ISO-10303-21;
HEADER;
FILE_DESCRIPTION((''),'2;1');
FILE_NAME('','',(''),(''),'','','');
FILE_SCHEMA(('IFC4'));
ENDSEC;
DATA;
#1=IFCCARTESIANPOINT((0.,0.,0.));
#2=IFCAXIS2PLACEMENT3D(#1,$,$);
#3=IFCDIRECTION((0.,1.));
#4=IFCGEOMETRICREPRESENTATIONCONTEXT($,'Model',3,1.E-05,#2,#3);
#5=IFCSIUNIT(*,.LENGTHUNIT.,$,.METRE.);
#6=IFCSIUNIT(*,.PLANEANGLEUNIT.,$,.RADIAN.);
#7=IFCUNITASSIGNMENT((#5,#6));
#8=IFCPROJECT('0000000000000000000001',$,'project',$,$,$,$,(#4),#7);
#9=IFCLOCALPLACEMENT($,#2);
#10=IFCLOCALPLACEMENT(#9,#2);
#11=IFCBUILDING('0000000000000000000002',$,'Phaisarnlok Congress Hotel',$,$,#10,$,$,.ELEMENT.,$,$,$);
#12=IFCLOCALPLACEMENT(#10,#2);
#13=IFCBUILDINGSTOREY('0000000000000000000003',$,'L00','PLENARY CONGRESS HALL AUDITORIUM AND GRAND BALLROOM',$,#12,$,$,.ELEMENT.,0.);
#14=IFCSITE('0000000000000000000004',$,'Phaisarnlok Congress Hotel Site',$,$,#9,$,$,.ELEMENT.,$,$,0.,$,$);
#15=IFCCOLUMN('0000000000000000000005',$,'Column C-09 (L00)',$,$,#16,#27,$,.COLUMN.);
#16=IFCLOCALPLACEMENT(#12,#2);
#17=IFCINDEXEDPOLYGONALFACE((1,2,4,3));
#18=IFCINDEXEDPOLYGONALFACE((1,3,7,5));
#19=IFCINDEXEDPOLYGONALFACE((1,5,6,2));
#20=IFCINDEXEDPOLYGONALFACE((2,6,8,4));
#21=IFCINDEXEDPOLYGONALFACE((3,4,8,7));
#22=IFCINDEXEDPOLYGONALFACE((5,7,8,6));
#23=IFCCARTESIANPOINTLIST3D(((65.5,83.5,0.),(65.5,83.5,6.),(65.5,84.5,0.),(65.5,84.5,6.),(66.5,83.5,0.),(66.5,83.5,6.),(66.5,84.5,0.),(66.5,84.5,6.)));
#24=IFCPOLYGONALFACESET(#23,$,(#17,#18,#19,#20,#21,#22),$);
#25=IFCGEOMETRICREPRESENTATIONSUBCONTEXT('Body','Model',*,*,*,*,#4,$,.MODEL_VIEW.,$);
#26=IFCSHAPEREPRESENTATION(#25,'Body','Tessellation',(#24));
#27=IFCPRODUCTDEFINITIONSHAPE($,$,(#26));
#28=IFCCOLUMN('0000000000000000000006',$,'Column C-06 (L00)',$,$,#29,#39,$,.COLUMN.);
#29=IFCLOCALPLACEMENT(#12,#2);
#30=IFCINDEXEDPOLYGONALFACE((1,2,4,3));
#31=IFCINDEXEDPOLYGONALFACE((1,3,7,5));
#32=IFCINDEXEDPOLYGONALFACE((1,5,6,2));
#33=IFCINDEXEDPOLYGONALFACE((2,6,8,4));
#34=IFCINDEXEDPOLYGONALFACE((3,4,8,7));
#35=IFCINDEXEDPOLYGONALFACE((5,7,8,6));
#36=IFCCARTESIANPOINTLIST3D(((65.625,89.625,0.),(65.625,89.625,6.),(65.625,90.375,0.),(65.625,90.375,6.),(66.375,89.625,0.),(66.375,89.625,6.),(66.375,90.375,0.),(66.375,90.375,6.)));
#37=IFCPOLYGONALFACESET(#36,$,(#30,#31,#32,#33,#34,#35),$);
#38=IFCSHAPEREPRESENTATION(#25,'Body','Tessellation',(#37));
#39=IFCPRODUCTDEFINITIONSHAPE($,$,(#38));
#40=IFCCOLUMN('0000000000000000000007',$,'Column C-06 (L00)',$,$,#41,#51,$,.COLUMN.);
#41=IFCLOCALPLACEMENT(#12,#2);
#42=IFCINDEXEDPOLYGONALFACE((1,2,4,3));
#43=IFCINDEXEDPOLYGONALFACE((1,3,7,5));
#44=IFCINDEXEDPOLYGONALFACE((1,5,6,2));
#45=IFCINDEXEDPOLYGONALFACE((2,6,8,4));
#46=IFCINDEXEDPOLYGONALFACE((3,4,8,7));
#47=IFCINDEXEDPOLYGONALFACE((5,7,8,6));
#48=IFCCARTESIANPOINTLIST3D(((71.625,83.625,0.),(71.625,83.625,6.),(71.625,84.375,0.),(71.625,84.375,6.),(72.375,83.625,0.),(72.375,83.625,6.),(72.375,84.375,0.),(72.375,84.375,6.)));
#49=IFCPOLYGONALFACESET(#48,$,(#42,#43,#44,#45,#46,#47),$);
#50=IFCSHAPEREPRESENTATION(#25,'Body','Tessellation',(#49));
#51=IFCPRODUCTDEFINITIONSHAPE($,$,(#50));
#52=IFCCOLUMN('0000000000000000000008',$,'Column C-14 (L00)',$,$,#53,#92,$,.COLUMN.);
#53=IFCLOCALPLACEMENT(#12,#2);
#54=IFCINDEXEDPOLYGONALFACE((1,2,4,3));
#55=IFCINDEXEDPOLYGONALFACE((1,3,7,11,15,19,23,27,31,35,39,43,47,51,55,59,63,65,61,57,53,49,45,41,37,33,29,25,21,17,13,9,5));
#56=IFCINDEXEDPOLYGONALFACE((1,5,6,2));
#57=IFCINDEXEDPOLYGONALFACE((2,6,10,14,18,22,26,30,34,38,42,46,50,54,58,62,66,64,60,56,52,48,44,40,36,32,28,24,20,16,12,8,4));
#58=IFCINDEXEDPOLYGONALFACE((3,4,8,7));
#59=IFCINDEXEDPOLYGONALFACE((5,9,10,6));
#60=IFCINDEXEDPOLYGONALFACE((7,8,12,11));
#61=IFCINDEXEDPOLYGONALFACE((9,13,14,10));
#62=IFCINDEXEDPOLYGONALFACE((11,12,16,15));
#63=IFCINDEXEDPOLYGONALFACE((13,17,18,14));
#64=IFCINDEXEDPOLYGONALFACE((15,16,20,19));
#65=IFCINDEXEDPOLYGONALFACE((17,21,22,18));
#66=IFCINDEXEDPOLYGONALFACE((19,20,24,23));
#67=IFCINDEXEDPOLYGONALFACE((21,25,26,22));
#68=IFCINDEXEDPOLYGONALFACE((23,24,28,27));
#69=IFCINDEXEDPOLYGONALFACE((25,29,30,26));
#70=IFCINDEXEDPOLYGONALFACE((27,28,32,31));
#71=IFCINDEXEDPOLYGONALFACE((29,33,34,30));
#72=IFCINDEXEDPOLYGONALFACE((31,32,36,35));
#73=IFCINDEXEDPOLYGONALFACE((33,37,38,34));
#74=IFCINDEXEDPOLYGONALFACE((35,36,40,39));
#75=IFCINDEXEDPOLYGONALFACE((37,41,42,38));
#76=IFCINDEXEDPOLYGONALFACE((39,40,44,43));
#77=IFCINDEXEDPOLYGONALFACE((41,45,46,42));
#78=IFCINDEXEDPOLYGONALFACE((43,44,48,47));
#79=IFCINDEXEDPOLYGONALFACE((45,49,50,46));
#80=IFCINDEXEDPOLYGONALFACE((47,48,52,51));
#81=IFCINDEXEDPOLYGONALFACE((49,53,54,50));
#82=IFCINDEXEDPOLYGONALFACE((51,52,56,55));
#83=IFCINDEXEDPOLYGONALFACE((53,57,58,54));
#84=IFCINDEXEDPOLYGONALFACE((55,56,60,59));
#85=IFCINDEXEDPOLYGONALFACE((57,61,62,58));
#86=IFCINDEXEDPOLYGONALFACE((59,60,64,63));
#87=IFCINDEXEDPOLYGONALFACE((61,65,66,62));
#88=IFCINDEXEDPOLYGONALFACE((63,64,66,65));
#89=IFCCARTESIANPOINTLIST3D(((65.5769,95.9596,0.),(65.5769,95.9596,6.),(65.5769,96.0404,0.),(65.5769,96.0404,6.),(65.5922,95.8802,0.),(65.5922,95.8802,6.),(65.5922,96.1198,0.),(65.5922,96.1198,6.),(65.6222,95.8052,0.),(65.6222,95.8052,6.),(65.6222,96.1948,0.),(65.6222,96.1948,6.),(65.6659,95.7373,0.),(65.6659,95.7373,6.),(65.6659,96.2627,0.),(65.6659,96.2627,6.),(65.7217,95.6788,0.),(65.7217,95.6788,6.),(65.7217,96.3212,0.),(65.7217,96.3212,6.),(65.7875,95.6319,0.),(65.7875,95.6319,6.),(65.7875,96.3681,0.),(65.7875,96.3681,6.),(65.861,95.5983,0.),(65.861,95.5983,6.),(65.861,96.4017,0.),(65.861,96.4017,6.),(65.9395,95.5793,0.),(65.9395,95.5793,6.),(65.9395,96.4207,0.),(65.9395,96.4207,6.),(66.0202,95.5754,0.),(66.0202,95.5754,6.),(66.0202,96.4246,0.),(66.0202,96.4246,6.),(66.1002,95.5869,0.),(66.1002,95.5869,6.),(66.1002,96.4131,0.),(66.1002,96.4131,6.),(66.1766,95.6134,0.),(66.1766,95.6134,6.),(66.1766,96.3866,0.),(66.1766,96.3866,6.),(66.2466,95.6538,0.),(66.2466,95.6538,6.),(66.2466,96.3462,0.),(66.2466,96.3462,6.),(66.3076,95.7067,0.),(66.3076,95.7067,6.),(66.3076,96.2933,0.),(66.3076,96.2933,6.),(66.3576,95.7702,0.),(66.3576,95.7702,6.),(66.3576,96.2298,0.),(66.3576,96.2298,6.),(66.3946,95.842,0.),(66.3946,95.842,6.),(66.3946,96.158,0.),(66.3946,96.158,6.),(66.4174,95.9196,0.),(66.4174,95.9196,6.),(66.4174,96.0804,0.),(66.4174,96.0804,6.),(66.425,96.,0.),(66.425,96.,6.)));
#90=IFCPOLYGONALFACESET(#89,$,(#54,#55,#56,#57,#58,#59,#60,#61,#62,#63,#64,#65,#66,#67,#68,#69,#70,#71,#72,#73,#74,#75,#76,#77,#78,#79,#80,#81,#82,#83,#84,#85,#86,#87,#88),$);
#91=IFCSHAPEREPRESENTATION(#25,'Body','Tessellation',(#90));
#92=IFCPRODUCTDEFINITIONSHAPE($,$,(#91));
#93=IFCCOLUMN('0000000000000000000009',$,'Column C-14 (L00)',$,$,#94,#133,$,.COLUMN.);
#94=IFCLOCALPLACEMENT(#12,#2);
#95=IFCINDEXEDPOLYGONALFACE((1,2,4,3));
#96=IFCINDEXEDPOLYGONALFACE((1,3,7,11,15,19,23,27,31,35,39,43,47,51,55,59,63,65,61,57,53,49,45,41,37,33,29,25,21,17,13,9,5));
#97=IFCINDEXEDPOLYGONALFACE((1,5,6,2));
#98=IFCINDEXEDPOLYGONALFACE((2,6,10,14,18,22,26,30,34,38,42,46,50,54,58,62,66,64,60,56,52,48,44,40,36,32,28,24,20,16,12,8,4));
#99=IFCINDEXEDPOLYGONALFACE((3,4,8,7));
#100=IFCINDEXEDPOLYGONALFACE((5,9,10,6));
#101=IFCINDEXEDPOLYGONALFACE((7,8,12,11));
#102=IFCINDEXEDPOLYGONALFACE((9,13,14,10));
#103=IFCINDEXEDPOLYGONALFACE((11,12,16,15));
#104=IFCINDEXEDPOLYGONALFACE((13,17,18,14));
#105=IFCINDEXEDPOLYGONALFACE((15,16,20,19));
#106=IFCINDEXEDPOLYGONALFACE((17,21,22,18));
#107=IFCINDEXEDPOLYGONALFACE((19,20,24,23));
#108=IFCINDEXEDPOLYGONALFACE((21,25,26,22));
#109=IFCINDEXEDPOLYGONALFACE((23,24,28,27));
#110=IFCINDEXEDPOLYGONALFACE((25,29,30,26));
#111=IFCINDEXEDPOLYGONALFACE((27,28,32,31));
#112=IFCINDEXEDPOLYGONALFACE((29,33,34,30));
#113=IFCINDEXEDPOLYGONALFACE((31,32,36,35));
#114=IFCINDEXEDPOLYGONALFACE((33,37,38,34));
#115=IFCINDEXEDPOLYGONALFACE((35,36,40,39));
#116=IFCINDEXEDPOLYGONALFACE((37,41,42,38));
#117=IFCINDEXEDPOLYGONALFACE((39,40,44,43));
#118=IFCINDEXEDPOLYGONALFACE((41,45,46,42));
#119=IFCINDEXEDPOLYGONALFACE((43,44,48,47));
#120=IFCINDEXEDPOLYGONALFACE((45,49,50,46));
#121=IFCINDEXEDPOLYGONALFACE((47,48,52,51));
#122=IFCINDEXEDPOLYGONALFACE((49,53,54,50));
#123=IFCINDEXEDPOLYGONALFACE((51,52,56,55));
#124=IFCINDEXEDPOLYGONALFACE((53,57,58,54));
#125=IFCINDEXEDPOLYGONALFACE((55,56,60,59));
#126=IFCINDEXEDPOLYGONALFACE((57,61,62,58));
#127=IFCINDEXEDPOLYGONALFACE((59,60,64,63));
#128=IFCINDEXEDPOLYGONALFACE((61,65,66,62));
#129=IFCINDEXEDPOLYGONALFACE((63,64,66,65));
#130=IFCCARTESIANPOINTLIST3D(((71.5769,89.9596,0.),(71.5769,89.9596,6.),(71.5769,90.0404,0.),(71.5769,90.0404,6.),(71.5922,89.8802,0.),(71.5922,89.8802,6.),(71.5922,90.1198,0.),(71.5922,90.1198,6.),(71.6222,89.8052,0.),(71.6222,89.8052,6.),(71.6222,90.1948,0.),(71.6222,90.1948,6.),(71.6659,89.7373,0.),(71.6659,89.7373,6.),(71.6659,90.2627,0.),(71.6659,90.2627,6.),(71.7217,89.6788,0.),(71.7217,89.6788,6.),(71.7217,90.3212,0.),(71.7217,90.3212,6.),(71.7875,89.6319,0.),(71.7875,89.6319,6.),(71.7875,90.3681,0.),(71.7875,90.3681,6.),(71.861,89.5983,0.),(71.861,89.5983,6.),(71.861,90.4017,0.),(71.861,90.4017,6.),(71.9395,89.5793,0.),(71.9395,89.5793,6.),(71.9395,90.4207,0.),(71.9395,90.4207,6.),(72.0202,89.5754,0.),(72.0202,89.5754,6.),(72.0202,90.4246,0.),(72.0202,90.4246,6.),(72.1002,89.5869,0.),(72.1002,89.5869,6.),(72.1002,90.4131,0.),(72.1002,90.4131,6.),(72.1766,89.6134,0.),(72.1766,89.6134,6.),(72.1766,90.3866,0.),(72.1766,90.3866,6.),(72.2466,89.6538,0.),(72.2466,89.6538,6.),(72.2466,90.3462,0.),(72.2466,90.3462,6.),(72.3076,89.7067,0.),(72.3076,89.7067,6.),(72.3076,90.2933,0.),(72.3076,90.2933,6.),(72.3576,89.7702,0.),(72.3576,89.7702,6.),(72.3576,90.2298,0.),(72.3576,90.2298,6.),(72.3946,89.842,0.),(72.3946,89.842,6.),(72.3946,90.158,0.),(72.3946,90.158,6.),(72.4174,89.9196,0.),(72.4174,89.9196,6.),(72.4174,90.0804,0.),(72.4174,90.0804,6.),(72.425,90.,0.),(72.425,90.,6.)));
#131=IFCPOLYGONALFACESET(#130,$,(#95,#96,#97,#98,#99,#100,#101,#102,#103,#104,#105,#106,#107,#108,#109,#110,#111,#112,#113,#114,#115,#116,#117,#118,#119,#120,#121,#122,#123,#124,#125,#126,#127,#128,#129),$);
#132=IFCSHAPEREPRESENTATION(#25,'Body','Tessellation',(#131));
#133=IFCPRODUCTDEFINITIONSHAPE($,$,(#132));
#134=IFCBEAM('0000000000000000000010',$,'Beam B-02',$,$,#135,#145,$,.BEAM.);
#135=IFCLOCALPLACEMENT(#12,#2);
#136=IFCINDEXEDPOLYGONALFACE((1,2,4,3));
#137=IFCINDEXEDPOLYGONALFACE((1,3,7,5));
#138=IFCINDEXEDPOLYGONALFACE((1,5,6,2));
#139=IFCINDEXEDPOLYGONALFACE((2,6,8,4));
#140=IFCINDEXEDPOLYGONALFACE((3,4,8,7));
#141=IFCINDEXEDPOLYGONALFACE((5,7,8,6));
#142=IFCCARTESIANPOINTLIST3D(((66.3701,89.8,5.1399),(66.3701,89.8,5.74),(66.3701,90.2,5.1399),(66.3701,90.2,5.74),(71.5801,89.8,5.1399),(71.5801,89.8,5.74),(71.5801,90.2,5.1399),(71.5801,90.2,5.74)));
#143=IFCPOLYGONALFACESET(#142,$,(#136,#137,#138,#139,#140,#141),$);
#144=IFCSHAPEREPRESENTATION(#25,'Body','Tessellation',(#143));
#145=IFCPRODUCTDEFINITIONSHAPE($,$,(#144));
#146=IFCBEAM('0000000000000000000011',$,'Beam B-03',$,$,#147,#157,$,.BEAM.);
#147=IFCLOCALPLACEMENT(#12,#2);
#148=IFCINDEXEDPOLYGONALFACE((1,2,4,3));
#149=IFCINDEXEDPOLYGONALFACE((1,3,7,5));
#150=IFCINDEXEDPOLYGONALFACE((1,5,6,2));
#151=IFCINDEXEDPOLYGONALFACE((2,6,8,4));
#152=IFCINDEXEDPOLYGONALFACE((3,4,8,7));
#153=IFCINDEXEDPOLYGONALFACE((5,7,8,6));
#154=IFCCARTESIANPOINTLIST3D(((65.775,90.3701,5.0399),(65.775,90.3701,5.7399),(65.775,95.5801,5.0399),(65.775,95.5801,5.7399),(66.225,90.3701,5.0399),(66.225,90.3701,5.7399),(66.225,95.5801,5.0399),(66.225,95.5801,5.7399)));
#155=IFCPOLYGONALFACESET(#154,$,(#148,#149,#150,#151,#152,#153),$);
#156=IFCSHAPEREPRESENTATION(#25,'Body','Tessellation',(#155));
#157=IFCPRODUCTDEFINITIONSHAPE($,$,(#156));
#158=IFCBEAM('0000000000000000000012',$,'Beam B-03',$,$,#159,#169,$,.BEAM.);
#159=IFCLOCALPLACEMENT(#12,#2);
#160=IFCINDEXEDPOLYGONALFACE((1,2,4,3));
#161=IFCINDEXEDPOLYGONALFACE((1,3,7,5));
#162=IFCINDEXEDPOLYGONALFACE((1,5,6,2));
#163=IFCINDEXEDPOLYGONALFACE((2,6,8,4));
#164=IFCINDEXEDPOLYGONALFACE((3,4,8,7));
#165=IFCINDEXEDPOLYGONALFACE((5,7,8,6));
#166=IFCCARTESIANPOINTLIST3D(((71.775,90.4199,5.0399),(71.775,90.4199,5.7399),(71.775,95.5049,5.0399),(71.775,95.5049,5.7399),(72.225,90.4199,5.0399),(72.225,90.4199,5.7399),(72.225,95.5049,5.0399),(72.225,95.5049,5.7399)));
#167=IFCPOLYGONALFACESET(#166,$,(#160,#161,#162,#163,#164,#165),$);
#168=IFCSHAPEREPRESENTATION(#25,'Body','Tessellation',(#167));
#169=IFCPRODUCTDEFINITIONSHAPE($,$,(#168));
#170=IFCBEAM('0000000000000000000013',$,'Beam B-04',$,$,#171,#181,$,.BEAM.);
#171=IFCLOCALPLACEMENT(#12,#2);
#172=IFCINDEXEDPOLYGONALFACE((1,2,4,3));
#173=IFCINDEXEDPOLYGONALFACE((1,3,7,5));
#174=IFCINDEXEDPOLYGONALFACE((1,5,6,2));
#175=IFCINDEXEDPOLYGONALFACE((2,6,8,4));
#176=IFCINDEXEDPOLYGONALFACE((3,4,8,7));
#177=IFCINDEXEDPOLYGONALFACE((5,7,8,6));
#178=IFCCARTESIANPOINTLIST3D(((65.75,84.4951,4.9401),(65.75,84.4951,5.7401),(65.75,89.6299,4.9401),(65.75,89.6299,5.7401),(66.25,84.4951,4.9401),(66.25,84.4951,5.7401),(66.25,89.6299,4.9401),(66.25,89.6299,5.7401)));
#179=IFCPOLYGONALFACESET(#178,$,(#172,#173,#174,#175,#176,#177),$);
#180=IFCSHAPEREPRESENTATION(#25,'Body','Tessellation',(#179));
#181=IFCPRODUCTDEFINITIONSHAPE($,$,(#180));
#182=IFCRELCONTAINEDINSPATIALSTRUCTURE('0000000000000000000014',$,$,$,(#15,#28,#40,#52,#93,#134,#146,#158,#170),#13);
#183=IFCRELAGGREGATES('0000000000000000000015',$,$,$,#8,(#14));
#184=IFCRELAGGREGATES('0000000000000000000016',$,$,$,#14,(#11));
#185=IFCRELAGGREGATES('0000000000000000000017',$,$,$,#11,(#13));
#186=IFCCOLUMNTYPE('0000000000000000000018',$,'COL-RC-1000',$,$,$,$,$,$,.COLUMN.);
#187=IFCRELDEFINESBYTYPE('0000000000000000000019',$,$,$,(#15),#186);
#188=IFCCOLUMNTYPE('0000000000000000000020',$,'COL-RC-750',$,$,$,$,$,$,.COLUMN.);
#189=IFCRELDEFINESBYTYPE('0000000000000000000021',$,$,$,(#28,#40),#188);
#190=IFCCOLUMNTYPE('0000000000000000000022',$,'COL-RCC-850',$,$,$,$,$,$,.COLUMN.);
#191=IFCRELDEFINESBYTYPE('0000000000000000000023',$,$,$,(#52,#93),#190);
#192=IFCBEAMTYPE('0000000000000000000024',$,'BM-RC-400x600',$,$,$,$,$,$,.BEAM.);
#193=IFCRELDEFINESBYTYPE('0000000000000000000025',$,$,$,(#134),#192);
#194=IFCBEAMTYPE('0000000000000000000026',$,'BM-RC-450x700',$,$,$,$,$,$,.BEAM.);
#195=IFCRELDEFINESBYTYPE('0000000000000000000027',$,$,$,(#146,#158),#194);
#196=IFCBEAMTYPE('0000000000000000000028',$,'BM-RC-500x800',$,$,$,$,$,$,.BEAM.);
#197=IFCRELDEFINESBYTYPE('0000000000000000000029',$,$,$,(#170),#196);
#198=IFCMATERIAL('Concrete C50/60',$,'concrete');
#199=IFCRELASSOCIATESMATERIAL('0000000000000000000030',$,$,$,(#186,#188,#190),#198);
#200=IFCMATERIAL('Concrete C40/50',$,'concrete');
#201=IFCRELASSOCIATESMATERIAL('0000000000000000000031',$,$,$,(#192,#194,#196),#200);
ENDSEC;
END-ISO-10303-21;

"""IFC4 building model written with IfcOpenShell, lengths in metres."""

from ifc_helpers import new_model, si_unit, direction, frame, origin, origin_2d, place, context, subcontext, project, spatial, rectangle, circle, extrude, material, material_profile, profile_set, type_object, element, save


model = new_model("IFC4")

# Units and contexts
model_context = context("Model", 3, precision=1e-05, world=origin(), true_north=direction((0.0, 1.0)))
body_context = subcontext(model_context, "Body", "Model", "MODEL_VIEW")
ifc_project = project(units=[si_unit("LENGTHUNIT", "METRE"), si_unit("PLANEANGLEUNIT", "RADIAN")], contexts=[model_context])

# Site, building, storey
site_placement = place(None, origin())
site = spatial("IfcSite", under=ifc_project, at=site_placement, Name="Phaisarnlok Congress Hotel Site", CompositionType="ELEMENT", RefElevation=0.0)
building_placement = place(site_placement, origin())
building = spatial("IfcBuilding", under=site, at=building_placement, Name="Phaisarnlok Congress Hotel", CompositionType="ELEMENT")
storey_placement = place(building_placement, origin())
storey = spatial("IfcBuildingStorey", under=building, at=storey_placement, Name="L00", Description="PLENARY CONGRESS HALL AUDITORIUM AND GRAND BALLROOM", CompositionType="ELEMENT", Elevation=0.0)

# Columns
ifc_material_1 = material(Name="Concrete C50/60", Category="concrete")
ifc_material_profile_1 = material_profile(ifc_material_1, rectangle(XDim=1.0, YDim=1.0, at=origin_2d()), Name="RC 1000x1000")
ifc_profile_set_1 = profile_set([ifc_material_profile_1], Name="Concrete C50/60")
column_type_1 = type_object("IfcColumnType", Name="COL-RC-1000", PredefinedType="COLUMN", material=ifc_profile_set_1)
column_placement = place(storey_placement, frame((66.0, 84.0, 0.0), z_axis=(0.0, 0.0, 1.0), x_axis=(1.0, 0.0, 0.0)))
element("IfcColumn", 1, at=column_placement, inside=storey, type_object=column_type_1, Name="Column C-09 (L00)", PredefinedType="COLUMN", context=body_context, shape_type="SweptSolid", body=[
    extrude(rectangle(XDim=1.0, YDim=1.0, at=origin_2d()), origin(), (0.0, 0.0, 1.0), 6.0),
])
ifc_material_profile_2 = material_profile(ifc_material_1, rectangle(XDim=0.75, YDim=0.75, at=origin_2d()), Name="RC 750x750")
ifc_profile_set_2 = profile_set([ifc_material_profile_2], Name="Concrete C50/60")
column_type_2 = type_object("IfcColumnType", Name="COL-RC-750", PredefinedType="COLUMN", material=ifc_profile_set_2)
for number, where, z_axis, x_axis, name in (
    (2, (66.0, 90.0, 0.0), (0.0, 0.0, 1.0), (1.0, 0.0, 0.0), "Column C-06 (L00)"),
    (3, (72.0, 84.0, 0.0), (0.0, 0.0, 1.0), (1.0, 0.0, 0.0), "Column C-06 (L00)"),
):
    element("IfcColumn", number, at=place(storey_placement, frame(where, z_axis=z_axis, x_axis=x_axis)), inside=storey, type_object=column_type_2, Name=name, PredefinedType="COLUMN", context=body_context, shape_type="SweptSolid", body=[
        extrude(rectangle(XDim=0.75, YDim=0.75, at=origin_2d()), origin(), (0.0, 0.0, 1.0), 6.0),
    ])
ifc_material_profile_3 = material_profile(ifc_material_1, circle(Radius=0.425, at=origin_2d()), Name="RCC D850")
ifc_profile_set_3 = profile_set([ifc_material_profile_3], Name="Concrete C50/60")
column_type_3 = type_object("IfcColumnType", Name="COL-RCC-850", PredefinedType="COLUMN", material=ifc_profile_set_3)
for number, where, z_axis, x_axis, name in (
    (4, (66.0, 96.0, 0.0), (0.0, 0.0, 1.0), (1.0, 0.0, 0.0), "Column C-14 (L00)"),
    (5, (72.0, 90.0, 0.0), (0.0, 0.0, 1.0), (1.0, 0.0, 0.0), "Column C-14 (L00)"),
):
    element("IfcColumn", number, at=place(storey_placement, frame(where, z_axis=z_axis, x_axis=x_axis)), inside=storey, type_object=column_type_3, Name=name, PredefinedType="COLUMN", context=body_context, shape_type="SweptSolid", body=[
        extrude(circle(Radius=0.425, at=origin_2d()), origin(), (0.0, 0.0, 1.0), 6.0),
    ])

# Beams
ifc_material_2 = material(Name="Concrete C40/50", Category="concrete")
ifc_material_profile_4 = material_profile(ifc_material_2, rectangle(XDim=0.3999, YDim=0.6001, at=origin_2d()), Name="RC 400x600")
ifc_profile_set_4 = profile_set([ifc_material_profile_4], Name="Concrete C40/50")
beam_type_1 = type_object("IfcBeamType", Name="BM-RC-400x600", PredefinedType="BEAM", material=ifc_profile_set_4)
beam_1_placement = place(storey_placement, frame((66.3701, 90.0, 5.4399), z_axis=(1.0, 0.0, 0.0), x_axis=(0.0, 1.0, 0.0)))
element("IfcBeam", 6, at=beam_1_placement, inside=storey, type_object=beam_type_1, Name="Beam B-02", PredefinedType="BEAM", context=body_context, shape_type="SweptSolid", body=[
    extrude(rectangle(XDim=0.3999, YDim=0.6001, at=origin_2d()), origin(), (0.0, 0.0, 1.0), 5.21),
])
ifc_material_profile_5 = material_profile(ifc_material_2, rectangle(XDim=0.45, YDim=0.7, at=origin_2d()), Name="RC 450x700")
ifc_profile_set_5 = profile_set([ifc_material_profile_5], Name="Concrete C40/50")
beam_type_2 = type_object("IfcBeamType", Name="BM-RC-450x700", PredefinedType="BEAM", material=ifc_profile_set_5)
beam_2_placement = place(storey_placement, frame((66.0, 90.3701, 5.3899), z_axis=(0.0, 1.0, 0.0), x_axis=(-1.0, 0.0, 0.0)))
element("IfcBeam", 7, at=beam_2_placement, inside=storey, type_object=beam_type_2, Name="Beam B-03", PredefinedType="BEAM", context=body_context, shape_type="SweptSolid", body=[
    extrude(rectangle(XDim=0.45, YDim=0.7, at=origin_2d()), origin(), (0.0, 0.0, 1.0), 5.21),
])
beam_3_placement = place(storey_placement, frame((72.0, 90.4199, 5.3899), z_axis=(0.0, 1.0, 0.0), x_axis=(-1.0, 0.0, 0.0)))
element("IfcBeam", 8, at=beam_3_placement, inside=storey, type_object=beam_type_2, Name="Beam B-03", PredefinedType="BEAM", context=body_context, shape_type="SweptSolid", body=[
    extrude(rectangle(XDim=0.45, YDim=0.7, at=origin_2d()), origin(), (0.0, 0.0, 1.0), 5.085),
])
ifc_material_profile_6 = material_profile(ifc_material_2, rectangle(XDim=0.5, YDim=0.8, at=origin_2d()), Name="RC 500x800")
ifc_profile_set_6 = profile_set([ifc_material_profile_6], Name="Concrete C40/50")
beam_type_3 = type_object("IfcBeamType", Name="BM-RC-500x800", PredefinedType="BEAM", material=ifc_profile_set_6)
beam_4_placement = place(storey_placement, frame((66.0, 84.4951, 5.3401), z_axis=(0.0, 1.0, 0.0), x_axis=(-1.0, 0.0, 0.0)))
element("IfcBeam", 9, at=beam_4_placement, inside=storey, type_object=beam_type_3, Name="Beam B-04", PredefinedType="BEAM", context=body_context, shape_type="SweptSolid", body=[
    extrude(rectangle(XDim=0.5, YDim=0.8, at=origin_2d()), origin(), (0.0, 0.0, 1.0), 5.1348),
])

save(model, "model.ifc")
